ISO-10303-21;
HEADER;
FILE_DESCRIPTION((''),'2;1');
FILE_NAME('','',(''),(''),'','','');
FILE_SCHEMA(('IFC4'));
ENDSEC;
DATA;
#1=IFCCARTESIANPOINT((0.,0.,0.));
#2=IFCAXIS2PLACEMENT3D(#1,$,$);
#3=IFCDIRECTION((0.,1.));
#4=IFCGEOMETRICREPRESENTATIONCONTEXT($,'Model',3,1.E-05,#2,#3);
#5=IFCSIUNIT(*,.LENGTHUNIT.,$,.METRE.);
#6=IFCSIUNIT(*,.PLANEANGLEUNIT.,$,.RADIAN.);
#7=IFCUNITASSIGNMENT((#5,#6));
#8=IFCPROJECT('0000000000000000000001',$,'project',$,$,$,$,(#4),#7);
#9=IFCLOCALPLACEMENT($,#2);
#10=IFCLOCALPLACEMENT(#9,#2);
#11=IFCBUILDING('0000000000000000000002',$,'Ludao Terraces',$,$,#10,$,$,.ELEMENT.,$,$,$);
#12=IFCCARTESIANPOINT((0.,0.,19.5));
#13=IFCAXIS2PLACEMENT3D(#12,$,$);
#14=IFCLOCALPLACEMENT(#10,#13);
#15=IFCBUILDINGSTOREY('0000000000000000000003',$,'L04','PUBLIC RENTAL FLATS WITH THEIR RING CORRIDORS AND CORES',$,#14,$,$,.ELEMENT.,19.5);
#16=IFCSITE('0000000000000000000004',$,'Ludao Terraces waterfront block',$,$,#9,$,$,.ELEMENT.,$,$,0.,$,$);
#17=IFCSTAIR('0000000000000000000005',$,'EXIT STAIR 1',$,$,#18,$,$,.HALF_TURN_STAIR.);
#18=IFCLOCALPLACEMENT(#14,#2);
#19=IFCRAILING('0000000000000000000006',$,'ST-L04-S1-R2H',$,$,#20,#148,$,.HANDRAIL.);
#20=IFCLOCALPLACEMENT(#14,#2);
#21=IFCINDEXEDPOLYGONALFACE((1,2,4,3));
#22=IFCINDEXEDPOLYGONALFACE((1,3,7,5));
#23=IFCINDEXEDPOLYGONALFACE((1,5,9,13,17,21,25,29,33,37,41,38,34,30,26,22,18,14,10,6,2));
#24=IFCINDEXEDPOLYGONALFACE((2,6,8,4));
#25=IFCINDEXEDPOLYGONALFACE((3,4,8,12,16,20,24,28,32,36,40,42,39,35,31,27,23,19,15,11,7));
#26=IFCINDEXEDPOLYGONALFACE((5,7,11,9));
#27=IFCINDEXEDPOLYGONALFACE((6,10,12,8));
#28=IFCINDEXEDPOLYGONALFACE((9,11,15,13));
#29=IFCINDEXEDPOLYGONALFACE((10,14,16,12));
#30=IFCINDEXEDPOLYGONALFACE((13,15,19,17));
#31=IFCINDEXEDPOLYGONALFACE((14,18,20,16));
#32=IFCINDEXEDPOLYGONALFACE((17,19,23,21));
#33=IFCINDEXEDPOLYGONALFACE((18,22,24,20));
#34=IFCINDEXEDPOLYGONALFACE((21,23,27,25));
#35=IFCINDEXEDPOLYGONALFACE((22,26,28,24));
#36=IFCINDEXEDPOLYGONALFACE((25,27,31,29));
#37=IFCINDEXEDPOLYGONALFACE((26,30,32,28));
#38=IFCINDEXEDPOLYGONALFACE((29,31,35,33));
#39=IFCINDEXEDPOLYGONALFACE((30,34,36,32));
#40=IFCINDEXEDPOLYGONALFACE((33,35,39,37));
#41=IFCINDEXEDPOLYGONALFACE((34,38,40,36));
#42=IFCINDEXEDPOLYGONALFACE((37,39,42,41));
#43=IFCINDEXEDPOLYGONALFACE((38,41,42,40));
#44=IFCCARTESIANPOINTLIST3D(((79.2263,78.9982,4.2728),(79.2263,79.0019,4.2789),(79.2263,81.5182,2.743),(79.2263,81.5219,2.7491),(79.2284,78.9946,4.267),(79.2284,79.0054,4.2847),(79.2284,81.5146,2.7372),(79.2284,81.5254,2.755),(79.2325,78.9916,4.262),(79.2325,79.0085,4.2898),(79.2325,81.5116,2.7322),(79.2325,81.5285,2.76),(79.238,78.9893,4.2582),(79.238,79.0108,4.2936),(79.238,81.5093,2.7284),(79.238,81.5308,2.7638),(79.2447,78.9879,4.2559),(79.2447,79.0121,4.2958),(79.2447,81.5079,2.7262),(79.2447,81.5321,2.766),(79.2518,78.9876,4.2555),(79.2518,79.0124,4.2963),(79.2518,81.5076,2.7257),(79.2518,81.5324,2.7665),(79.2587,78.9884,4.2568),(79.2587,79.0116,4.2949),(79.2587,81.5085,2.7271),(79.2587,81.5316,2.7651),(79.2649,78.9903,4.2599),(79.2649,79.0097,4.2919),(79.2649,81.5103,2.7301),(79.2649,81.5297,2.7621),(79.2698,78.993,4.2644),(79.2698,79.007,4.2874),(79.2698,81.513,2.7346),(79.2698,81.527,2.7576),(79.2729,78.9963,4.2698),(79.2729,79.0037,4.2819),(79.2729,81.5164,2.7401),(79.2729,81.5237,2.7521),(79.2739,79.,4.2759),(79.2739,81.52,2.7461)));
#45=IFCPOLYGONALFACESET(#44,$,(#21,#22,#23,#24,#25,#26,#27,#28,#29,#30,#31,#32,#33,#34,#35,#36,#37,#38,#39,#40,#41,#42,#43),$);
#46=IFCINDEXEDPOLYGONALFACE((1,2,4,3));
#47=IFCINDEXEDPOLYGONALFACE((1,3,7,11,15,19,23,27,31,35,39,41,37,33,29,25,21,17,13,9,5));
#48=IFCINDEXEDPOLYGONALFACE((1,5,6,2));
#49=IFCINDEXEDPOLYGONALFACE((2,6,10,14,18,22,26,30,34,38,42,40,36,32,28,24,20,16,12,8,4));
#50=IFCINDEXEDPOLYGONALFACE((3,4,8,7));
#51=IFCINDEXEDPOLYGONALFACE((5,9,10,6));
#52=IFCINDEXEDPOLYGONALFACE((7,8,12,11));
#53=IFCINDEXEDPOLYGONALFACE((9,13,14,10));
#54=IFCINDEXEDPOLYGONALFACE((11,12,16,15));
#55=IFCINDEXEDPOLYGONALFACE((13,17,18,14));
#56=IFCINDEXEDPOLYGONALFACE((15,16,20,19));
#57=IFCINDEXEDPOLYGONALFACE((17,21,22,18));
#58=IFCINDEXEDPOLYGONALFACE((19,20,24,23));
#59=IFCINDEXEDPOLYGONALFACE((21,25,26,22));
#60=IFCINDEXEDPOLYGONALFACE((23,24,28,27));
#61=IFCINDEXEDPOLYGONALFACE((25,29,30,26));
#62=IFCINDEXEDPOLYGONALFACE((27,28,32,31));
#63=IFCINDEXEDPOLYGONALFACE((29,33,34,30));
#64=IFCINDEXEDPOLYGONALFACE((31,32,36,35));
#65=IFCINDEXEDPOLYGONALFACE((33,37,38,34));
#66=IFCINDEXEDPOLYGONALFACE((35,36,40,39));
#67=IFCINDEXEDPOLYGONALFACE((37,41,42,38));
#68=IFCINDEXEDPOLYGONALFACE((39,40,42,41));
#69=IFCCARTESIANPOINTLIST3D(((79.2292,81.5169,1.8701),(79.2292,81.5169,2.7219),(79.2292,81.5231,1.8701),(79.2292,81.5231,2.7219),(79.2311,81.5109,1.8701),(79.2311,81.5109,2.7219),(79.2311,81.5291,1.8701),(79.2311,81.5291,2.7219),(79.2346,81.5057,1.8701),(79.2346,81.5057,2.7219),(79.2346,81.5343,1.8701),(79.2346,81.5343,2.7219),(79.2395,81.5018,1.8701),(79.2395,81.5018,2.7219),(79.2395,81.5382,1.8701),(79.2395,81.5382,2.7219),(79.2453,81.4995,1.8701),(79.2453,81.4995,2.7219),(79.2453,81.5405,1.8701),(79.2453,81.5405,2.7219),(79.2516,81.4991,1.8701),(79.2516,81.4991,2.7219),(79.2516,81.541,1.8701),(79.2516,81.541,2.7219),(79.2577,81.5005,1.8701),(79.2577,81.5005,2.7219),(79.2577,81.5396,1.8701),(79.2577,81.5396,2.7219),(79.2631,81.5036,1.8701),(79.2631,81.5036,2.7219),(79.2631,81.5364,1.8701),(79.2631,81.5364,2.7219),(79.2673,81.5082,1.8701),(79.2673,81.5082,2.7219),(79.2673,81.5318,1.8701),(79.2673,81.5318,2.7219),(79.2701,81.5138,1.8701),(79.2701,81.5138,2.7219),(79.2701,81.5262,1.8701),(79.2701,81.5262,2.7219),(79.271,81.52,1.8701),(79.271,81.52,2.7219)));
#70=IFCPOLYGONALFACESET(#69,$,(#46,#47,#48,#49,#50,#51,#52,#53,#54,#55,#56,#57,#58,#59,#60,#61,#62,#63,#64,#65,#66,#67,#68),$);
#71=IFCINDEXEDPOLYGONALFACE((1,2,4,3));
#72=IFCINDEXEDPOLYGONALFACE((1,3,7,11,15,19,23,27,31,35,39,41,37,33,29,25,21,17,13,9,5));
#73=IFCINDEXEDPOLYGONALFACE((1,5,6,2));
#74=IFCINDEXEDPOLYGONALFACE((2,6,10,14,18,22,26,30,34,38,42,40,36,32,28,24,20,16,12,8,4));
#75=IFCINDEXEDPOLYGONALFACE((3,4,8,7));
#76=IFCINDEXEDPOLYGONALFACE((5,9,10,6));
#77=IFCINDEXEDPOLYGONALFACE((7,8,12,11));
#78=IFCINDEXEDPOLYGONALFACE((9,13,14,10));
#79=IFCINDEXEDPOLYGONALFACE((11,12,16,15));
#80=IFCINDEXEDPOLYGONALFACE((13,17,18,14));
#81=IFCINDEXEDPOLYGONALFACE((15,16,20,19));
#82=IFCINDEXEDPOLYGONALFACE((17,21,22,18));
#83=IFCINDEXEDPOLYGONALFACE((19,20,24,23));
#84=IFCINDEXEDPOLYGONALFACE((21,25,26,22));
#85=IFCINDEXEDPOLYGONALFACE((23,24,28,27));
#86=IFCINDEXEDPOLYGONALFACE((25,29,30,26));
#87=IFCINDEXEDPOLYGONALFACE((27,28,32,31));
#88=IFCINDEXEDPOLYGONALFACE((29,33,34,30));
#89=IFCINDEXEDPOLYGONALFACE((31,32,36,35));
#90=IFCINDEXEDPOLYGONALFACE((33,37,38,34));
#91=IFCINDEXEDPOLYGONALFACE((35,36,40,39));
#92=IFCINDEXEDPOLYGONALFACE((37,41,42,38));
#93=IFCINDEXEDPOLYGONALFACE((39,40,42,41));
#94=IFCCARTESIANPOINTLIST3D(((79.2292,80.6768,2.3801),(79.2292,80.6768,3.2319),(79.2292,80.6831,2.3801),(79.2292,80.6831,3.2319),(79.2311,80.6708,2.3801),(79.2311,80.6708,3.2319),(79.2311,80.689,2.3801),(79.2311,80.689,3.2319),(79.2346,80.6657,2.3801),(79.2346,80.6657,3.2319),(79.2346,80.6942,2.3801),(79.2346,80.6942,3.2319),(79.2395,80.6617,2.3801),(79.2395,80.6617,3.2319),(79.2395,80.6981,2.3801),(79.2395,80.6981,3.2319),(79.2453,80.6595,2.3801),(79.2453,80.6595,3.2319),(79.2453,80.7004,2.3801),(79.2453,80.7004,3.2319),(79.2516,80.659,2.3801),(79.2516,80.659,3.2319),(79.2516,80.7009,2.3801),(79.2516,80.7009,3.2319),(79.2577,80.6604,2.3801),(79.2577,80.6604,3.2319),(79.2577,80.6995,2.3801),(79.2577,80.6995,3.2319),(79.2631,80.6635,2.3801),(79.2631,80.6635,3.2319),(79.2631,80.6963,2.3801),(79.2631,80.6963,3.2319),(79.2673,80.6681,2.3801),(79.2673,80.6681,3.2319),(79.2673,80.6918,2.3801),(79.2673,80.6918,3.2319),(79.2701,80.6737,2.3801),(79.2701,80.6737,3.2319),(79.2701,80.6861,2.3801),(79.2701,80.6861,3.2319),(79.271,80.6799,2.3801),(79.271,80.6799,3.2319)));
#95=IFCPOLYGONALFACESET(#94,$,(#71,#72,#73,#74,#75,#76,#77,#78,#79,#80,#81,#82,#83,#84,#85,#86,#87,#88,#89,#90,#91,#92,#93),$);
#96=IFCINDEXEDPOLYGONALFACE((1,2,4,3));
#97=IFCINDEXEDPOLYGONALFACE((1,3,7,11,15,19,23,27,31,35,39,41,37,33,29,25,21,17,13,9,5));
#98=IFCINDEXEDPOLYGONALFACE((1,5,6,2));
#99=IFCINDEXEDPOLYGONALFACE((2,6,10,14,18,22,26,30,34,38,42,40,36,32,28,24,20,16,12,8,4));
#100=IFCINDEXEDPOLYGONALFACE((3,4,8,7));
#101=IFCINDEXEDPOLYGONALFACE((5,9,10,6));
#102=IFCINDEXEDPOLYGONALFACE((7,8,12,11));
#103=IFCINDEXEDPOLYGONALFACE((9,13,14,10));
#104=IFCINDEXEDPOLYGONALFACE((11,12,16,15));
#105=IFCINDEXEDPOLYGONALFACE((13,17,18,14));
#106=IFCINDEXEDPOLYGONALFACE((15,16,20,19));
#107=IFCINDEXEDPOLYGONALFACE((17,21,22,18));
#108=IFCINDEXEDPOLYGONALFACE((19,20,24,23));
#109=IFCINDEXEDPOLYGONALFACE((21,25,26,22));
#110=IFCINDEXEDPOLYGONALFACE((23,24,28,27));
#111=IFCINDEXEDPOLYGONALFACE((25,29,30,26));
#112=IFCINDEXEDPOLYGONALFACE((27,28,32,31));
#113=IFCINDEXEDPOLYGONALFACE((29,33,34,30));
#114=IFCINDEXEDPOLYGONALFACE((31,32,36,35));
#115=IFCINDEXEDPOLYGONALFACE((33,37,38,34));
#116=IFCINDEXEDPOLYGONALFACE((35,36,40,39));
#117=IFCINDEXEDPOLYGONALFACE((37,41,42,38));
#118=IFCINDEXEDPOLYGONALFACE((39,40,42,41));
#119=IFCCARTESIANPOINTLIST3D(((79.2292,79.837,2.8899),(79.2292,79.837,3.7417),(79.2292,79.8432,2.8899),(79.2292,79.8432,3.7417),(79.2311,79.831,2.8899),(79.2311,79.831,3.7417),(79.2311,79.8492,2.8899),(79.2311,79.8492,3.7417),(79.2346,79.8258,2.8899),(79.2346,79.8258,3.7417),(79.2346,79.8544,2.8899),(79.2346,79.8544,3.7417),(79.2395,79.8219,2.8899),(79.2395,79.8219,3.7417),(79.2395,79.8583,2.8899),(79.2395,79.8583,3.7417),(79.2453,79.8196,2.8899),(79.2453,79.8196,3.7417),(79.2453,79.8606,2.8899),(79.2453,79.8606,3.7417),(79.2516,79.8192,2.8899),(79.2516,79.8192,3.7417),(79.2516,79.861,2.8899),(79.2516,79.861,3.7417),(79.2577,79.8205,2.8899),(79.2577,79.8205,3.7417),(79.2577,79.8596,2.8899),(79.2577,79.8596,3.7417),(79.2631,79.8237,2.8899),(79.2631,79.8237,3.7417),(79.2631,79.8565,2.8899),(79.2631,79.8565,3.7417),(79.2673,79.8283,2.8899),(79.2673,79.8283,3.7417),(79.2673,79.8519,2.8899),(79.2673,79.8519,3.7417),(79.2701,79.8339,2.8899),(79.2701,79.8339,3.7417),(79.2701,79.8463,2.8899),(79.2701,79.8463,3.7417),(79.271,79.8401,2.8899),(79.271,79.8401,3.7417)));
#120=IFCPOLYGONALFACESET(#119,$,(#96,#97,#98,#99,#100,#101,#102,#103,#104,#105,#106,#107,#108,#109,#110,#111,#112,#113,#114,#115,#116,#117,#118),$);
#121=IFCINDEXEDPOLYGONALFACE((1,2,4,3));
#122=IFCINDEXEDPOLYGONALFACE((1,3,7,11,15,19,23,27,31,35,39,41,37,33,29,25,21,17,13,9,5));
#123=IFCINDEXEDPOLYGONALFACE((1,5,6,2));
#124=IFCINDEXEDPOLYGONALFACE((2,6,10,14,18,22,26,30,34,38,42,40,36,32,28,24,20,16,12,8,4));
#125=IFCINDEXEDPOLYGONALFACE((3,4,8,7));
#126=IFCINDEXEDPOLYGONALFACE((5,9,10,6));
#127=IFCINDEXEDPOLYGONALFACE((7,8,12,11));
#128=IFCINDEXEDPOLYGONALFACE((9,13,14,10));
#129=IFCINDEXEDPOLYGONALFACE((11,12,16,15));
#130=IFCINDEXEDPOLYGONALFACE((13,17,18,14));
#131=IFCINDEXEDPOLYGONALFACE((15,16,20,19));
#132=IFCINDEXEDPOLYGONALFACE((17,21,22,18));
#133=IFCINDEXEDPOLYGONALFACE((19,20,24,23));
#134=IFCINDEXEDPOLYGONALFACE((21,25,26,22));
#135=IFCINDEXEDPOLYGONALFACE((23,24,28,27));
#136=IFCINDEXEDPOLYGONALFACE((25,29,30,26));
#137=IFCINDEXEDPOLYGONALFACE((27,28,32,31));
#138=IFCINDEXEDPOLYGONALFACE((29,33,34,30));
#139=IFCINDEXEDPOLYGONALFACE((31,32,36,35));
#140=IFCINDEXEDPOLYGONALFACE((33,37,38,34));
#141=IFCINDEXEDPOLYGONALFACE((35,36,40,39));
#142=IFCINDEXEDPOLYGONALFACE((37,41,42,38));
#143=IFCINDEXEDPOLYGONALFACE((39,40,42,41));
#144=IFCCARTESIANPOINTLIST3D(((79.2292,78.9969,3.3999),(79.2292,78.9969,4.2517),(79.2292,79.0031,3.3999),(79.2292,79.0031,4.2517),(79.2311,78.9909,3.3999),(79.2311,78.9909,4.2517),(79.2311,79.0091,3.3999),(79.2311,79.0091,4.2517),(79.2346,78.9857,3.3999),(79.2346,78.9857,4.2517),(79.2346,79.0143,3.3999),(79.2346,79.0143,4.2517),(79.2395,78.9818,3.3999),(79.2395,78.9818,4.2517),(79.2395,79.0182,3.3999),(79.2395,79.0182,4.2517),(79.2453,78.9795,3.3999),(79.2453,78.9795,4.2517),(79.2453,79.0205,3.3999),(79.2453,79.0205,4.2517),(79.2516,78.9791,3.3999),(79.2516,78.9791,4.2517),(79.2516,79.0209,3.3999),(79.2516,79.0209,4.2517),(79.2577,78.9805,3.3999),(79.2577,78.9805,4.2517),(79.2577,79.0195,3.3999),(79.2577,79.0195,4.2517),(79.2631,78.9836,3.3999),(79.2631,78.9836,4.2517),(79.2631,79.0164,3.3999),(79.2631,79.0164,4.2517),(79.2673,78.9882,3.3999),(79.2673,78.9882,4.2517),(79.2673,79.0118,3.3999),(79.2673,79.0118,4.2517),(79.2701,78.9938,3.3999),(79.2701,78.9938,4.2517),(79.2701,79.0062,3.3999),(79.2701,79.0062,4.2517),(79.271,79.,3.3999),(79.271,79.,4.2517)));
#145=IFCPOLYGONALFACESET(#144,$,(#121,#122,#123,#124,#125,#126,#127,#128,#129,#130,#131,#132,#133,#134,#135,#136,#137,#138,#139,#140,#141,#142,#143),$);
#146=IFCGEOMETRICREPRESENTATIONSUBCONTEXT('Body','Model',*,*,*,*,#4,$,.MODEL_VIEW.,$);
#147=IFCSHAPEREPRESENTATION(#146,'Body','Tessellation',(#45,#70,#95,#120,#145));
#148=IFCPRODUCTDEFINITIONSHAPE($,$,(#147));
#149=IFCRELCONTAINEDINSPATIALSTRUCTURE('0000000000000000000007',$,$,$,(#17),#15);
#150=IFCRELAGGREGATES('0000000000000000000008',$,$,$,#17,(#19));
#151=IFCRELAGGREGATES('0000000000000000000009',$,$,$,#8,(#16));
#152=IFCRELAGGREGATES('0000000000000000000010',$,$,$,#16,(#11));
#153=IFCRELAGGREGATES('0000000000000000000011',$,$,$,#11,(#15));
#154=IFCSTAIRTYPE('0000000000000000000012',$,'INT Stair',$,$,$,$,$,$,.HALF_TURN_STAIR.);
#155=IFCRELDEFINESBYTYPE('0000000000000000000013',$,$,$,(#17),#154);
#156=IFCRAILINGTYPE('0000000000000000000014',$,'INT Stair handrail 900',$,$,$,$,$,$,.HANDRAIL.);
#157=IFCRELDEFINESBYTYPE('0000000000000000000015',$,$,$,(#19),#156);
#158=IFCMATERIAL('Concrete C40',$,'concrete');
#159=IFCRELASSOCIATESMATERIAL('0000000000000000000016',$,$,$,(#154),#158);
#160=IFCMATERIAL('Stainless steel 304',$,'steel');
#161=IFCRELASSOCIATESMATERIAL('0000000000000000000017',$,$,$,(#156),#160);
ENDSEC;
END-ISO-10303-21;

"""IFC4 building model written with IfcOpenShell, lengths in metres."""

from ifc_helpers import new_model, si_unit, direction, frame, origin, origin_2d, place, context, subcontext, project, spatial, circle, extrude, material, type_object, element, aggregate, save


model = new_model("IFC4")

# Units and contexts
model_context = context("Model", 3, precision=1e-05, world=origin(), true_north=direction((0.0, 1.0)))
body_context = subcontext(model_context, "Body", "Model", "MODEL_VIEW")
ifc_project = project(units=[si_unit("LENGTHUNIT", "METRE"), si_unit("PLANEANGLEUNIT", "RADIAN")], contexts=[model_context])

# Site, building, storey
site_placement = place(None, origin())
site = spatial("IfcSite", under=ifc_project, at=site_placement, Name="Ludao Terraces waterfront block", CompositionType="ELEMENT", RefElevation=0.0)
building_placement = place(site_placement, origin())
building = spatial("IfcBuilding", under=site, at=building_placement, Name="Ludao Terraces", CompositionType="ELEMENT")
storey_placement = place(building_placement, frame((0.0, 0.0, 19.5)))
storey = spatial("IfcBuildingStorey", under=building, at=storey_placement, Name="L04", Description="PUBLIC RENTAL FLATS WITH THEIR RING CORRIDORS AND CORES", CompositionType="ELEMENT", Elevation=19.5)

# Stair, railing
ifc_material_1 = material(Name="Concrete C40", Category="concrete")
stair_type = type_object("IfcStairType", Name="INT Stair", PredefinedType="HALF_TURN_STAIR", material=ifc_material_1)
stair_placement = place(storey_placement, origin())
stair = element("IfcStair", 1, at=stair_placement, inside=storey, type_object=stair_type, Name="EXIT STAIR 1", PredefinedType="HALF_TURN_STAIR")
ifc_material_2 = material(Name="Stainless steel 304", Category="steel")
railing_type_1 = type_object("IfcRailingType", Name="INT Stair handrail 900", PredefinedType="HANDRAIL", material=ifc_material_2)
railing_1_placement = place(storey_placement, frame((79.25, 81.52, 1.8701)))
railing_1 = element("IfcRailing", 2, at=railing_1_placement, type_object=railing_type_1, Name="ST-L04-S1-R2H", PredefinedType="HANDRAIL", context=body_context, shape_type="SweptSolid", body=[
    extrude(circle(Radius=0.0239, at=origin_2d()), frame((0.0, 0.0, 0.876), z_axis=(0.0, -0.854822, 0.518922), x_axis=(1.0, 0.0, 0.0)), (0.0, 0.0, 1.0), 2.948),
    extrude(circle(Radius=0.021, at=origin_2d()), origin(), (0.0, 0.0, 1.0), 0.8518),
    extrude(circle(Radius=0.021, at=origin_2d()), frame((0.0, -0.8401, 0.51)), (0.0, 0.0, 1.0), 0.8518),
    extrude(circle(Radius=0.021, at=origin_2d()), frame((0.0, -1.6799, 1.0198)), (0.0, 0.0, 1.0), 0.8518),
    extrude(circle(Radius=0.021, at=origin_2d()), frame((0.0, -2.52, 1.5298)), (0.0, 0.0, 1.0), 0.8518),
])
aggregate(stair, [railing_1])

save(model, "model.ifc")
